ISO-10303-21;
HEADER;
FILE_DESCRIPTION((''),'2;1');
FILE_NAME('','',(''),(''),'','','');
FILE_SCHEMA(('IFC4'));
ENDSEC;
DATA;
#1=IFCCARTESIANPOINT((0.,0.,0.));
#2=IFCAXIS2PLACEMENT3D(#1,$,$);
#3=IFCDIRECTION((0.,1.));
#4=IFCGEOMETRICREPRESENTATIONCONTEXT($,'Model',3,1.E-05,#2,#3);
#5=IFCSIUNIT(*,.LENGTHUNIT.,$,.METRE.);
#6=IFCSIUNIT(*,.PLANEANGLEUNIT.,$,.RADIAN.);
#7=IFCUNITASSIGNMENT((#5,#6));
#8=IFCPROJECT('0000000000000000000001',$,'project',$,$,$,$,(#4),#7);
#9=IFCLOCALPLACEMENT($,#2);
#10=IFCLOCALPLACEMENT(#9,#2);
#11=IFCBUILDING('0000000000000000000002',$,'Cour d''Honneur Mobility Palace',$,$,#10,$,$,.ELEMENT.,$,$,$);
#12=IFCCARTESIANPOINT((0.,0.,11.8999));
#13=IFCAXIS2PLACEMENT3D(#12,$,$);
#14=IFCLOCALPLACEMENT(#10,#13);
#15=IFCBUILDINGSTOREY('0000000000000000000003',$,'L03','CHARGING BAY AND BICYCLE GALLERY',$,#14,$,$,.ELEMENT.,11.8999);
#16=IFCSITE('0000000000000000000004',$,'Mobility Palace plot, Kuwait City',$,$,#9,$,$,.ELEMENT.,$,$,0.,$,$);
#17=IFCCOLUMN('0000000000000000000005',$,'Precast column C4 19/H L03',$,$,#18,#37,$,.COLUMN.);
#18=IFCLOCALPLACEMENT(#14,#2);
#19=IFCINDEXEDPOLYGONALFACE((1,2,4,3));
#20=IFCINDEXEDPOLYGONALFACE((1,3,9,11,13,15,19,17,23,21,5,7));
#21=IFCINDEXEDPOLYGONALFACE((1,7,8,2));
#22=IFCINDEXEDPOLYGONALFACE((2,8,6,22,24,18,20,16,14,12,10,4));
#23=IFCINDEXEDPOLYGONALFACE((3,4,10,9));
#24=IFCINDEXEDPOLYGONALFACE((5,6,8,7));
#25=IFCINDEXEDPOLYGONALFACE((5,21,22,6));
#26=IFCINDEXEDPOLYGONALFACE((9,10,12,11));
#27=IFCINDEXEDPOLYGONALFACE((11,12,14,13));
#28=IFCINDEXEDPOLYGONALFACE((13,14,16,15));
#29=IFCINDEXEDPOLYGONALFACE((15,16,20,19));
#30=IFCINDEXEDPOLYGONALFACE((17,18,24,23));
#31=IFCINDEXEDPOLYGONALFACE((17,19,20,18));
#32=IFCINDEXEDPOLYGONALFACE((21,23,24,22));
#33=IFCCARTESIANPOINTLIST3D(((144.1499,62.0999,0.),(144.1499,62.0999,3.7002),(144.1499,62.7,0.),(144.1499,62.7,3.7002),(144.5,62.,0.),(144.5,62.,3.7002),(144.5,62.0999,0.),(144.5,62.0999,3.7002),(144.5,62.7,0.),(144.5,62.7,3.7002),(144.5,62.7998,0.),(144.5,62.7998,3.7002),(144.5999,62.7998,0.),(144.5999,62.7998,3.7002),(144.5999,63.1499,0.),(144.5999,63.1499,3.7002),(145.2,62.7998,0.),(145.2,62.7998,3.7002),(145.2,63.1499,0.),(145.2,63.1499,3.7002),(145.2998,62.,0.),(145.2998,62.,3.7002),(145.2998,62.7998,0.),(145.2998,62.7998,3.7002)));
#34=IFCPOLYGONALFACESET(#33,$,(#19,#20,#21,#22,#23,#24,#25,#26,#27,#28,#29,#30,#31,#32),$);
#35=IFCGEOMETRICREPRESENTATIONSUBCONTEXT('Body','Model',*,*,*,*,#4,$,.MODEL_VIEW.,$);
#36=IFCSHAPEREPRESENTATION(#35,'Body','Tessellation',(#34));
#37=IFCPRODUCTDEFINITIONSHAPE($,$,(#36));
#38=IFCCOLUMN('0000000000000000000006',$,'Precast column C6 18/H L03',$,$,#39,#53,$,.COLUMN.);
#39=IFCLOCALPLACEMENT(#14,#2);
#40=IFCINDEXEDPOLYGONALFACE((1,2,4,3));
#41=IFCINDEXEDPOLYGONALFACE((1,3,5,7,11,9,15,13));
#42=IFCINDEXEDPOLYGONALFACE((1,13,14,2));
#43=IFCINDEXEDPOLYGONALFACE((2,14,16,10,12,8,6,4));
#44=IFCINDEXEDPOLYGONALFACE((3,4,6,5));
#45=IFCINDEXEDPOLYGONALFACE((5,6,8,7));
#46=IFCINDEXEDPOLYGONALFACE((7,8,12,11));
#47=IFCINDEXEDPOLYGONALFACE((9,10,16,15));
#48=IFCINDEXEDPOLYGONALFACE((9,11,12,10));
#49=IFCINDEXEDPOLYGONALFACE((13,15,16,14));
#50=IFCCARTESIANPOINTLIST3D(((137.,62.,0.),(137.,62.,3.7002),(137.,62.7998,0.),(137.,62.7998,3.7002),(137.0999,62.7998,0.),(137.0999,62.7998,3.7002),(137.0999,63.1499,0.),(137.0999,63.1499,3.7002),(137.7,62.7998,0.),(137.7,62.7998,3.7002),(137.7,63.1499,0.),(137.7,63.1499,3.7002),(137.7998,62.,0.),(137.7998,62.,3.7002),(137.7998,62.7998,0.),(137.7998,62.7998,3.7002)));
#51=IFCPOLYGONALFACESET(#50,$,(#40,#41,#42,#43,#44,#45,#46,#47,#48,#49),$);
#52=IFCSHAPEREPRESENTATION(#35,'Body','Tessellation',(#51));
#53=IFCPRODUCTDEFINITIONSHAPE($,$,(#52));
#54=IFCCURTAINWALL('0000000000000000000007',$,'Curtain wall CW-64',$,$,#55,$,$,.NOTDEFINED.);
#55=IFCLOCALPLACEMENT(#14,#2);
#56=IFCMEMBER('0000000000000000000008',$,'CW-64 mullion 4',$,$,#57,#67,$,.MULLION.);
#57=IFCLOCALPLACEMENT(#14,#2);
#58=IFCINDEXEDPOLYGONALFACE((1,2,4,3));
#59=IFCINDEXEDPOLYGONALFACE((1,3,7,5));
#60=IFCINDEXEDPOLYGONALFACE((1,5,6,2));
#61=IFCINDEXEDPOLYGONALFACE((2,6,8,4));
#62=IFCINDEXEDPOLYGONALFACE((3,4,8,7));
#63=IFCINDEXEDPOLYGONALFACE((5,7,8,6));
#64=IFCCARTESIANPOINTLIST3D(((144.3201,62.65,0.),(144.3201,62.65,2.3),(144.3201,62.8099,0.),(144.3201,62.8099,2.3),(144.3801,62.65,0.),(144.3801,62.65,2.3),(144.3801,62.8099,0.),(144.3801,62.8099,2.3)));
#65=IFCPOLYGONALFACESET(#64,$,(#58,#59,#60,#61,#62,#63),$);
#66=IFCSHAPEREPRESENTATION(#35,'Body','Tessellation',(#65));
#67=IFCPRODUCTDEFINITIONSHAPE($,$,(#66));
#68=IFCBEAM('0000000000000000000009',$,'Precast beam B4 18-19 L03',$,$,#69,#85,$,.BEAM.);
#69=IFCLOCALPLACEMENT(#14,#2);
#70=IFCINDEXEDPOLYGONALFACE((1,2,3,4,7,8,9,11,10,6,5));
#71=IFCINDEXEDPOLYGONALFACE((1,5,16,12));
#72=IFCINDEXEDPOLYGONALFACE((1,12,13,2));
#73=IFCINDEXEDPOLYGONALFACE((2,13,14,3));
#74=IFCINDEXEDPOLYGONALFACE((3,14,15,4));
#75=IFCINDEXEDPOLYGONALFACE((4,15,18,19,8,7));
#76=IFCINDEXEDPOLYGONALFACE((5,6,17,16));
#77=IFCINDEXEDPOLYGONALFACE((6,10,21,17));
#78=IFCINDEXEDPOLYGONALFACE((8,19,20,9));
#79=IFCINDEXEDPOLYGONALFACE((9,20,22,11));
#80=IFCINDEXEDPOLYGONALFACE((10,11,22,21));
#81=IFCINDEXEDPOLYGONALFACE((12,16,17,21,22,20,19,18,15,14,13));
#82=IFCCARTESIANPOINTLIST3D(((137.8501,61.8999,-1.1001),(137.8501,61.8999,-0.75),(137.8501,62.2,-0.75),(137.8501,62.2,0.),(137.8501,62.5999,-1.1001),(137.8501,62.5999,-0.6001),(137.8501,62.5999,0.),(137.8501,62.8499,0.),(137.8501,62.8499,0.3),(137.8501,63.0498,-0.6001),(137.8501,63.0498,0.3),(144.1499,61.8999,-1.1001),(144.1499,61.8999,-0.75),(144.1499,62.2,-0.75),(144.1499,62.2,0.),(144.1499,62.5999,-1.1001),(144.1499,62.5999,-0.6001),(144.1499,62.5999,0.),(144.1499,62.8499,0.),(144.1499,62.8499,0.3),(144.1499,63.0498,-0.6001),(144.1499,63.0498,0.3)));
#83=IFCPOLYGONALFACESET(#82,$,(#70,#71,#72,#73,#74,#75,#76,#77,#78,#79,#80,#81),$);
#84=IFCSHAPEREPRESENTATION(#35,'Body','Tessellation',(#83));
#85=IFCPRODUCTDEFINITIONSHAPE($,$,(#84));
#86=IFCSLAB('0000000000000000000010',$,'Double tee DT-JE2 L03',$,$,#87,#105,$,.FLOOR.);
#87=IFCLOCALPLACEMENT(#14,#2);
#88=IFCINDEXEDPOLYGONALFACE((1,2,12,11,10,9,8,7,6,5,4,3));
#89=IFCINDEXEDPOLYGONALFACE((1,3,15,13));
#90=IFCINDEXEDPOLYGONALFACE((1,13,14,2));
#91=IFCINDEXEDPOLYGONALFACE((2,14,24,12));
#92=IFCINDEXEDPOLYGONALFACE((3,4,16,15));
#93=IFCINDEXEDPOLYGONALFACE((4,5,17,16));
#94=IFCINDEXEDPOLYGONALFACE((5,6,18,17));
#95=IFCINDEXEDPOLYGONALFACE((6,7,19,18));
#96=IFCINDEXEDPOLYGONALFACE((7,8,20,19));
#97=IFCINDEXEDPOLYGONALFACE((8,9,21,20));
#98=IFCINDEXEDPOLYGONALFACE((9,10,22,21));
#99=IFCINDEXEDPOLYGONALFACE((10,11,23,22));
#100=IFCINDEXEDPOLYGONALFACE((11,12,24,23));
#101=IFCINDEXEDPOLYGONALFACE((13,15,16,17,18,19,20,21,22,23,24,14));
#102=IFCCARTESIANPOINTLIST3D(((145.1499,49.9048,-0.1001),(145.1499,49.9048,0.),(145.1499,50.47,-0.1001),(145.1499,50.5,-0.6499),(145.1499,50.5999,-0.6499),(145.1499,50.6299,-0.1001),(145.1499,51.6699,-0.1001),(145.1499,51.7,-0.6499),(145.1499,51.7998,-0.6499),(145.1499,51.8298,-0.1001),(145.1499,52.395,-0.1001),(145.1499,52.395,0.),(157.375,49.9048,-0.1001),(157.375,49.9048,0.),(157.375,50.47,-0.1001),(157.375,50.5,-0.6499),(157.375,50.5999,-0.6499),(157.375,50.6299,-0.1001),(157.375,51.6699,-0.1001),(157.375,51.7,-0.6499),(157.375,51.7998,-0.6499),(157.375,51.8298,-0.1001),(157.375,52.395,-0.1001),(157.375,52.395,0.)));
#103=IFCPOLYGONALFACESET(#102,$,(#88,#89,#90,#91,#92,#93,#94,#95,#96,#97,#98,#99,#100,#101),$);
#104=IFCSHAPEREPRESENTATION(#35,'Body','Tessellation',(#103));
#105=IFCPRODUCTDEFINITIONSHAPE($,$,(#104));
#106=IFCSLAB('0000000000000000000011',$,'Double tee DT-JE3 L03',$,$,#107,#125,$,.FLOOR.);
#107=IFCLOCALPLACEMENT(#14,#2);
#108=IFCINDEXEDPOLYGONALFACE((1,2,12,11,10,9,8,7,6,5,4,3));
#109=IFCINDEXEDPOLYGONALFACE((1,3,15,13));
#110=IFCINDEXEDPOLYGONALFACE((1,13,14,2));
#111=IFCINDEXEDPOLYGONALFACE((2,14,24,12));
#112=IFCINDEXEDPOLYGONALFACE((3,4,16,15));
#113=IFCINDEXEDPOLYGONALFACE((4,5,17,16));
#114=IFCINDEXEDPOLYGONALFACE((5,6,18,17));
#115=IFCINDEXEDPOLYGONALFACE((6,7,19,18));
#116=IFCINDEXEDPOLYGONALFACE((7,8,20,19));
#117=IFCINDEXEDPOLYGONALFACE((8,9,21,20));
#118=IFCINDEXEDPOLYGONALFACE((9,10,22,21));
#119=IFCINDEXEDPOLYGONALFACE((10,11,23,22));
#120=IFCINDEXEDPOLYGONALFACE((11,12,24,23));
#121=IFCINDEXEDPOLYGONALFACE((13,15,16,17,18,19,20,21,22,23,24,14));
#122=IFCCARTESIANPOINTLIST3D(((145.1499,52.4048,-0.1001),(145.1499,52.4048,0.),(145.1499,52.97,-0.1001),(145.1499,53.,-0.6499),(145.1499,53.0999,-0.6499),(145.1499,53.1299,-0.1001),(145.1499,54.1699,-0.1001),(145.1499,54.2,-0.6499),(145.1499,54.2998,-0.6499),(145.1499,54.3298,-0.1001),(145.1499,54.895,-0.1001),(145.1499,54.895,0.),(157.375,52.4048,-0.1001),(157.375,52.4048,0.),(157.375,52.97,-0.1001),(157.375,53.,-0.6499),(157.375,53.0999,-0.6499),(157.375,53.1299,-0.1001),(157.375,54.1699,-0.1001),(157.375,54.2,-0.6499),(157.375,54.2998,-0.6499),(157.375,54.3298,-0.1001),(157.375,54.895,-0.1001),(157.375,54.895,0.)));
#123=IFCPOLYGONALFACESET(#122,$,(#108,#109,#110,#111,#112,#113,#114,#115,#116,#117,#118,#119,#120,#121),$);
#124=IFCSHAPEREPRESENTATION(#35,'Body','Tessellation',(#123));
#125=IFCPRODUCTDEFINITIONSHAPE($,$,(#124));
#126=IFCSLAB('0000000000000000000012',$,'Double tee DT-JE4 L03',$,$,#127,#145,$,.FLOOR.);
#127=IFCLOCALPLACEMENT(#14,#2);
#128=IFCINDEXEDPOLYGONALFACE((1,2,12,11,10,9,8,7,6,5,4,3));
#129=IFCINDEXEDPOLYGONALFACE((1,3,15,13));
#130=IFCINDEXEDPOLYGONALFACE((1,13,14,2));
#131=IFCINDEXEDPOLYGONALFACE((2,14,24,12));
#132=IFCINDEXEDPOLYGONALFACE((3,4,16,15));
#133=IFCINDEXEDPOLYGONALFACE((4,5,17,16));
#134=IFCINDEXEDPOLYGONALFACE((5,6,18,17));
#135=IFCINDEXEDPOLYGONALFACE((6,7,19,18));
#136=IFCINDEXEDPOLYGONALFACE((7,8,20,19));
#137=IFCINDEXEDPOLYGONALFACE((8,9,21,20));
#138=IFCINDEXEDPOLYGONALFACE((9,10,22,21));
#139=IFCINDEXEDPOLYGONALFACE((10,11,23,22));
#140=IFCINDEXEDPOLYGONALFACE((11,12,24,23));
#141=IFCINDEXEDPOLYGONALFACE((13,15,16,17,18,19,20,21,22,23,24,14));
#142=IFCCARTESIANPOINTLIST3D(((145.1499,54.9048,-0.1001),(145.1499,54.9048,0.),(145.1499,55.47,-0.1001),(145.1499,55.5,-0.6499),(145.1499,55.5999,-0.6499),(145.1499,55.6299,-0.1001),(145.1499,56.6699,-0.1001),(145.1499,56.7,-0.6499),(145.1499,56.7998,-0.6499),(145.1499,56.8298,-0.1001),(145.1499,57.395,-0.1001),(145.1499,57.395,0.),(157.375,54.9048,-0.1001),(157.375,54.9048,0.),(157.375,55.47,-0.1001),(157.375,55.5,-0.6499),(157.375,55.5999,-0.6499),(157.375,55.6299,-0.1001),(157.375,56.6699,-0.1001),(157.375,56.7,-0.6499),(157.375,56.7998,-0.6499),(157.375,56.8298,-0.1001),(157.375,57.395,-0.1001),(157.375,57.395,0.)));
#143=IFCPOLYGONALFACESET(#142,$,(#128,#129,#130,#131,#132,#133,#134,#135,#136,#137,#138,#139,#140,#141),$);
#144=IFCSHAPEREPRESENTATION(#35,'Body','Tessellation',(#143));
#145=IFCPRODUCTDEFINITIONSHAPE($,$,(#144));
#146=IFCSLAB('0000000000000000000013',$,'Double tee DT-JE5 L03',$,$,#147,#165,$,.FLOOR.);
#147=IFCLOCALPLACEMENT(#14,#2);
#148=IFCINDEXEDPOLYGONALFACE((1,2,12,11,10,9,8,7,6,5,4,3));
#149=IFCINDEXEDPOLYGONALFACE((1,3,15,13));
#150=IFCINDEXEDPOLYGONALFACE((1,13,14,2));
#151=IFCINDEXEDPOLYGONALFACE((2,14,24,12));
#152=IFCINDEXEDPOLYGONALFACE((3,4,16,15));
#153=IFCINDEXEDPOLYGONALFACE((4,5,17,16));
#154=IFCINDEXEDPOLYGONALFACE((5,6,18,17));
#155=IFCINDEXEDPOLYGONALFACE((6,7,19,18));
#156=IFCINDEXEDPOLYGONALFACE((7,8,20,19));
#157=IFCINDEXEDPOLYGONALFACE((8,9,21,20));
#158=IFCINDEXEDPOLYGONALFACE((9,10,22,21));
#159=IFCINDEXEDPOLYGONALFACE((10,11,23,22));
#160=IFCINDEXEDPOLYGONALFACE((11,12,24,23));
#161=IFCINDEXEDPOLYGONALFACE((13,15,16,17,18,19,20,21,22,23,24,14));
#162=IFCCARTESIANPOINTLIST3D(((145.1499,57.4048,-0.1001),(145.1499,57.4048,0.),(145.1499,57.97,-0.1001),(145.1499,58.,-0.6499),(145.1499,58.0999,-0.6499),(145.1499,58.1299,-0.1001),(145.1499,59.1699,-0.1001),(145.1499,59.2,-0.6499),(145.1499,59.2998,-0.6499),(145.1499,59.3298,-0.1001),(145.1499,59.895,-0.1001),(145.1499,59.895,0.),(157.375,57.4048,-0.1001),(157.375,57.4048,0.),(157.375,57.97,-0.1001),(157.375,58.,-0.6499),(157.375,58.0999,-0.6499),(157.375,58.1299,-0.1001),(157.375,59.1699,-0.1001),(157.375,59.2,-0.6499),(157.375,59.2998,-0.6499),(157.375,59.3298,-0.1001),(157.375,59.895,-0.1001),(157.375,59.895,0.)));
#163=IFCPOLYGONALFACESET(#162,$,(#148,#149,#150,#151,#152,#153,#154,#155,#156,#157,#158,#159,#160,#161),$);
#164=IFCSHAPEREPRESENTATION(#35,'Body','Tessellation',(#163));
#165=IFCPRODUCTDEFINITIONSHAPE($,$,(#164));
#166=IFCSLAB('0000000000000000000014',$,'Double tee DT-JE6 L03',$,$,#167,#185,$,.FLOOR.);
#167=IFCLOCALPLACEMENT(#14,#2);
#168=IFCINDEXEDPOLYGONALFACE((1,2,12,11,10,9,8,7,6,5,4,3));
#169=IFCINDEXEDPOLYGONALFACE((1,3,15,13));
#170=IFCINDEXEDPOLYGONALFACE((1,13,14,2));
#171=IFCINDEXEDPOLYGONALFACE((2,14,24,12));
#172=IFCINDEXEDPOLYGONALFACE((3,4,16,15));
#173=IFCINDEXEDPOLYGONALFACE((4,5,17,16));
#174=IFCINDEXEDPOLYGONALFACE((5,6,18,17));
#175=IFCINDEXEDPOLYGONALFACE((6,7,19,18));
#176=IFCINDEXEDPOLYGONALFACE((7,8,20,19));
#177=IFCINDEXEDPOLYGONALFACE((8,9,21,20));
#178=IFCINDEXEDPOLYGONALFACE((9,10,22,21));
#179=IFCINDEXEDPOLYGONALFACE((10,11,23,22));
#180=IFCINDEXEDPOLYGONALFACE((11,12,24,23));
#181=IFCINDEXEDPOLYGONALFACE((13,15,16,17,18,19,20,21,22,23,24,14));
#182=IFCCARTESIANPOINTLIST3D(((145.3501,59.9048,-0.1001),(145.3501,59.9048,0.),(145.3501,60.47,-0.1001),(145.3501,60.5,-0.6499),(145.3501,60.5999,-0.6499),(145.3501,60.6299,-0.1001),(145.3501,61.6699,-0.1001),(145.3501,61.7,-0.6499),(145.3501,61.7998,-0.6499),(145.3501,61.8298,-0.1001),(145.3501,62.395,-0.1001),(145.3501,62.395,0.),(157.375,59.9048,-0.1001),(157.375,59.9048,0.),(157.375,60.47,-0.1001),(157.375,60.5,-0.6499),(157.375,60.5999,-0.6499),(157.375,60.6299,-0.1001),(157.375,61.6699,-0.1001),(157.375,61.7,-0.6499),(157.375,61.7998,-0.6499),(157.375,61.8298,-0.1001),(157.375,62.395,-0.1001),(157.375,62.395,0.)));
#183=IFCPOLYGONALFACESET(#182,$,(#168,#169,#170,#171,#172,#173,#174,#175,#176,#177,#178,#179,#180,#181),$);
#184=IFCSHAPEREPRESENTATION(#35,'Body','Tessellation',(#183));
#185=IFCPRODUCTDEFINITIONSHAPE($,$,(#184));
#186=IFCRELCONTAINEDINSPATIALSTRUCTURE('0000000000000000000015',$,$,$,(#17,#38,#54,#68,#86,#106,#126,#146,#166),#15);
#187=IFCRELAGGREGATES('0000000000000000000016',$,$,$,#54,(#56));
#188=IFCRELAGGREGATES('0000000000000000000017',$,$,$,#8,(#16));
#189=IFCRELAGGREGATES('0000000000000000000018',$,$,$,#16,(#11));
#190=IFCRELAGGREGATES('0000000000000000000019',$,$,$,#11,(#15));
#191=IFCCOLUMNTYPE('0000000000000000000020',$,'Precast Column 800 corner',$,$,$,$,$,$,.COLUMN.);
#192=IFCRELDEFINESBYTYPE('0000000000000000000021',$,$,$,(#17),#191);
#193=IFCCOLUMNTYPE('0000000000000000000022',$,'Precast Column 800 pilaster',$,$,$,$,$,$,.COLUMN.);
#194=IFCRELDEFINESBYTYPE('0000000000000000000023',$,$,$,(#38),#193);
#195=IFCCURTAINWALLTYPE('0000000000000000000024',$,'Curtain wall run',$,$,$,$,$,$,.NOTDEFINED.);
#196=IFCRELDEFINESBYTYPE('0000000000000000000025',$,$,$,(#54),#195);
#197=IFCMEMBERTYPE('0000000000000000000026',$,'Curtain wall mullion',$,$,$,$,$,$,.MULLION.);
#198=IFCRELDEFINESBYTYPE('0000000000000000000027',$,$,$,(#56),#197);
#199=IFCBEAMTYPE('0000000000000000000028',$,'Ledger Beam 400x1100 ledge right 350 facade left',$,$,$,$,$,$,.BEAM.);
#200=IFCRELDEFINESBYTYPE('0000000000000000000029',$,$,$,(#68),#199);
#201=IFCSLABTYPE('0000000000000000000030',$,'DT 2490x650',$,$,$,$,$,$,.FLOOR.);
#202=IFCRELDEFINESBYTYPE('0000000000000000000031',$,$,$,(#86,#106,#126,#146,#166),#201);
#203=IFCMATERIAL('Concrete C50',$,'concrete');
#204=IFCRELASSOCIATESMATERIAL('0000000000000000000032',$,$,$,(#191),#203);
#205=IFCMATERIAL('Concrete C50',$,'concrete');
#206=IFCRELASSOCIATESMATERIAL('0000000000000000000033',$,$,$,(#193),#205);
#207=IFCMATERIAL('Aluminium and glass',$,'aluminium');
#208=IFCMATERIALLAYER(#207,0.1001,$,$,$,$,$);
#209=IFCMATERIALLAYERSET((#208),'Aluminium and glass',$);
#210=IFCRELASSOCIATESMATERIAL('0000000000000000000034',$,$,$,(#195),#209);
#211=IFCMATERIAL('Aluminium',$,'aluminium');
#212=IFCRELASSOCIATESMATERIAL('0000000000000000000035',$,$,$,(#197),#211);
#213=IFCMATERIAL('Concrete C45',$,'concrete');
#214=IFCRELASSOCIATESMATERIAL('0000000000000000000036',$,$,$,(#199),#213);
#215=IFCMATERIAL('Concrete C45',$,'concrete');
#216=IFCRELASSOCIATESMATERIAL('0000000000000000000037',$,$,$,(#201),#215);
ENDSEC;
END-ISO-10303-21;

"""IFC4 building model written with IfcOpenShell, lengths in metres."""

from ifc_helpers import new_model, si_unit, direction, frame, origin, origin_2d, place, context, subcontext, project, spatial, polyline, rectangle, outline, extrude, material, layer, layer_set, material_profile, profile_set, type_object, element, aggregate, save


model = new_model("IFC4")

# Units and contexts
model_context = context("Model", 3, precision=1e-05, world=origin(), true_north=direction((0.0, 1.0)))
body_context = subcontext(model_context, "Body", "Model", "MODEL_VIEW")
ifc_project = project(units=[si_unit("LENGTHUNIT", "METRE"), si_unit("PLANEANGLEUNIT", "RADIAN")], contexts=[model_context])

# Site, building, storey
site_placement = place(None, origin())
site = spatial("IfcSite", under=ifc_project, at=site_placement, Name="Mobility Palace plot, Kuwait City", CompositionType="ELEMENT", RefElevation=0.0)
building_placement = place(site_placement, origin())
building = spatial("IfcBuilding", under=site, at=building_placement, Name="Cour d'Honneur Mobility Palace", CompositionType="ELEMENT")
storey_placement = place(building_placement, frame((0.0, 0.0, 11.8999)))
storey = spatial("IfcBuildingStorey", under=building, at=storey_placement, Name="L03", Description="CHARGING BAY AND BICYCLE GALLERY", CompositionType="ELEMENT", Elevation=11.8999)

# Columns
ifc_material_1 = material(Name="Concrete C50", Category="concrete")
ifc_material_profile_1 = material_profile(ifc_material_1, outline(polyline([(-0.3999, -0.3999), (0.3999, -0.3999), (0.3999, -0.3), (0.75, -0.3), (0.75, 0.3), (0.3999, 0.3), (0.3999, 0.3999), (0.3, 0.3999), (0.3, 0.75), (-0.3, 0.75), (-0.3, 0.3999), (-0.3999, 0.3999), (-0.3999, -0.3999)])), Name="PC C800 corner")
ifc_profile_set_1 = profile_set([ifc_material_profile_1], Name="Concrete C50")
column_type_1 = type_object("IfcColumnType", Name="Precast Column 800 corner", PredefinedType="COLUMN", material=ifc_profile_set_1)
column_1_placement = place(storey_placement, frame((144.8999, 62.3999, 0.0), z_axis=(0.0, 0.0, 1.0), x_axis=(0.0, 1.0, 0.0)))
element("IfcColumn", 1, at=column_1_placement, inside=storey, type_object=column_type_1, Name="Precast column C4 19/H L03", PredefinedType="COLUMN", context=body_context, shape_type="SweptSolid", body=[
    extrude(outline(polyline([(-0.3999, -0.3999), (0.3999, -0.3999), (0.3999, -0.3), (0.75, -0.3), (0.75, 0.3), (0.3999, 0.3), (0.3999, 0.3999), (0.3, 0.3999), (0.3, 0.75), (-0.3, 0.75), (-0.3, 0.3999), (-0.3999, 0.3999), (-0.3999, -0.3999)])), origin(), (0.0, 0.0, 1.0), 3.7002),
])
ifc_material_2 = material(Name="Concrete C50", Category="concrete")
ifc_material_profile_2 = material_profile(ifc_material_2, outline(polyline([(-0.3999, -0.3999), (0.3999, -0.3999), (0.3999, -0.3), (0.75, -0.3), (0.75, 0.3), (0.3999, 0.3), (0.3999, 0.3999), (-0.3999, 0.3999), (-0.3999, -0.3999)])), Name="PC C800 pilaster")
ifc_profile_set_2 = profile_set([ifc_material_profile_2], Name="Concrete C50")
column_type_2 = type_object("IfcColumnType", Name="Precast Column 800 pilaster", PredefinedType="COLUMN", material=ifc_profile_set_2)
column_2_placement = place(storey_placement, frame((137.3999, 62.3999, 0.0), z_axis=(0.0, 0.0, 1.0), x_axis=(0.0, 1.0, 0.0)))
element("IfcColumn", 2, at=column_2_placement, inside=storey, type_object=column_type_2, Name="Precast column C6 18/H L03", PredefinedType="COLUMN", context=body_context, shape_type="SweptSolid", body=[
    extrude(outline(polyline([(-0.3999, -0.3999), (0.3999, -0.3999), (0.3999, -0.3), (0.75, -0.3), (0.75, 0.3), (0.3999, 0.3), (0.3999, 0.3999), (-0.3999, 0.3999), (-0.3999, -0.3999)])), origin(), (0.0, 0.0, 1.0), 3.7002),
])

# Curtain wall, member
ifc_material_3 = material(Name="Aluminium and glass", Category="aluminium")
ifc_layer_1 = layer(ifc_material_3, 0.1001)
ifc_layer_set_1 = layer_set([ifc_layer_1], Name="Aluminium and glass")
curtain_wall_type = type_object("IfcCurtainWallType", Name="Curtain wall run", PredefinedType="NOTDEFINED", material=ifc_layer_set_1)
curtain_wall_placement = place(storey_placement, origin())
curtain_wall = element("IfcCurtainWall", 3, at=curtain_wall_placement, inside=storey, type_object=curtain_wall_type, Name="Curtain wall CW-64", PredefinedType="NOTDEFINED")
ifc_material_4 = material(Name="Aluminium", Category="aluminium")
ifc_material_profile_3 = material_profile(ifc_material_4, rectangle(XDim=0.0601, YDim=0.1599, at=origin_2d()), Name="Curtain wall mullion")
ifc_profile_set_3 = profile_set([ifc_material_profile_3], Name="Aluminium")
member_type = type_object("IfcMemberType", Name="Curtain wall mullion", PredefinedType="MULLION", material=ifc_profile_set_3)
member_placement = place(storey_placement, frame((144.3501, 62.73, 0.0), z_axis=(0.0, 0.0, 1.0), x_axis=(1.0, 0.0, 0.0)))
member = element("IfcMember", 4, at=member_placement, type_object=member_type, Name="CW-64 mullion 4", PredefinedType="MULLION", context=body_context, shape_type="SweptSolid", body=[
    extrude(rectangle(XDim=0.0601, YDim=0.1599, at=origin_2d()), origin(), (0.0, 0.0, 1.0), 2.3),
])
aggregate(curtain_wall, [member])

# Beam
ifc_material_5 = material(Name="Concrete C45", Category="concrete")
ifc_material_profile_4 = material_profile(ifc_material_5, outline(polyline([(0.2, -1.1001), (0.2, -0.6001), (0.6499, -0.6001), (0.6499, 0.3), (0.45, 0.3), (0.45, 0.0), (0.2, 0.0), (-0.2, 0.0), (-0.2, -0.75), (-0.5, -0.75), (-0.5, -1.1001), (0.2, -1.1001)])), Name="Ledger Beam 400x1100 ledge right 350 facade left")
ifc_profile_set_4 = profile_set([ifc_material_profile_4], Name="Concrete C45")
beam_type = type_object("IfcBeamType", Name="Ledger Beam 400x1100 ledge right 350 facade left", PredefinedType="BEAM", material=ifc_profile_set_4)
beam_placement = place(storey_placement, frame((137.8501, 62.3999, 0.0), z_axis=(1.0, 0.0, 0.0), x_axis=(0.0, 1.0, 0.0)))
element("IfcBeam", 5, at=beam_placement, inside=storey, type_object=beam_type, Name="Precast beam B4 18-19 L03", PredefinedType="BEAM", context=body_context, shape_type="SweptSolid", body=[
    extrude(outline(polyline([(0.2, -1.1001), (0.2, -0.6001), (0.6499, -0.6001), (0.6499, 0.3), (0.45, 0.3), (0.45, 0.0), (0.2, 0.0), (-0.2, 0.0), (-0.2, -0.75), (-0.5, -0.75), (-0.5, -1.1001), (0.2, -1.1001)])), origin(), (0.0, 0.0, 1.0), 6.2998),
])

# Slabs
ifc_material_6 = material(Name="Concrete C45", Category="concrete")
ifc_material_profile_5 = material_profile(ifc_material_6, outline(polyline([(-1.2451, 0.0), (1.2451, 0.0), (1.2451, -0.1001), (0.6799, -0.1001), (0.6499, -0.6499), (0.55, -0.6499), (0.52, -0.1001), (-0.52, -0.1001), (-0.55, -0.6499), (-0.6499, -0.6499), (-0.6799, -0.1001), (-1.2451, -0.1001), (-1.2451, 0.0)])), Name="DT 2490x650")
ifc_profile_set_5 = profile_set([ifc_material_profile_5], Name="Concrete C45")
slab_type = type_object("IfcSlabType", Name="DT 2490x650", PredefinedType="FLOOR", material=ifc_profile_set_5)
for number, where, z_axis, x_axis, name in (
    (6, (145.1499, 51.1499, 0.0), (1.0, 0.0, 0.0), (0.0, 1.0, 0.0), "Double tee DT-JE2 L03"),
    (7, (145.1499, 53.6499, 0.0), (1.0, 0.0, 0.0), (0.0, 1.0, 0.0), "Double tee DT-JE3 L03"),
    (8, (145.1499, 56.1499, 0.0), (1.0, 0.0, 0.0), (0.0, 1.0, 0.0), "Double tee DT-JE4 L03"),
    (9, (145.1499, 58.6499, 0.0), (1.0, 0.0, 0.0), (0.0, 1.0, 0.0), "Double tee DT-JE5 L03"),
):
    element("IfcSlab", number, at=place(storey_placement, frame(where, z_axis=z_axis, x_axis=x_axis)), inside=storey, type_object=slab_type, Name=name, PredefinedType="FLOOR", context=body_context, shape_type="SweptSolid", body=[
        extrude(outline(polyline([(-1.2451, 0.0), (1.2451, 0.0), (1.2451, -0.1001), (0.6799, -0.1001), (0.6499, -0.6499), (0.55, -0.6499), (0.52, -0.1001), (-0.52, -0.1001), (-0.55, -0.6499), (-0.6499, -0.6499), (-0.6799, -0.1001), (-1.2451, -0.1001), (-1.2451, 0.0)])), origin(), (0.0, 0.0, 1.0), 12.2251),
    ])
slab_placement = place(storey_placement, frame((145.3501, 61.1499, 0.0), z_axis=(1.0, 0.0, 0.0), x_axis=(0.0, 1.0, 0.0)))
element("IfcSlab", 10, at=slab_placement, inside=storey, type_object=slab_type, Name="Double tee DT-JE6 L03", PredefinedType="FLOOR", context=body_context, shape_type="SweptSolid", body=[
    extrude(outline(polyline([(-1.2451, 0.0), (1.2451, 0.0), (1.2451, -0.1001), (0.6799, -0.1001), (0.6499, -0.6499), (0.55, -0.6499), (0.52, -0.1001), (-0.52, -0.1001), (-0.55, -0.6499), (-0.6499, -0.6499), (-0.6799, -0.1001), (-1.2451, -0.1001), (-1.2451, 0.0)])), origin(), (0.0, 0.0, 1.0), 12.0249),
])

save(model, "model.ifc")
